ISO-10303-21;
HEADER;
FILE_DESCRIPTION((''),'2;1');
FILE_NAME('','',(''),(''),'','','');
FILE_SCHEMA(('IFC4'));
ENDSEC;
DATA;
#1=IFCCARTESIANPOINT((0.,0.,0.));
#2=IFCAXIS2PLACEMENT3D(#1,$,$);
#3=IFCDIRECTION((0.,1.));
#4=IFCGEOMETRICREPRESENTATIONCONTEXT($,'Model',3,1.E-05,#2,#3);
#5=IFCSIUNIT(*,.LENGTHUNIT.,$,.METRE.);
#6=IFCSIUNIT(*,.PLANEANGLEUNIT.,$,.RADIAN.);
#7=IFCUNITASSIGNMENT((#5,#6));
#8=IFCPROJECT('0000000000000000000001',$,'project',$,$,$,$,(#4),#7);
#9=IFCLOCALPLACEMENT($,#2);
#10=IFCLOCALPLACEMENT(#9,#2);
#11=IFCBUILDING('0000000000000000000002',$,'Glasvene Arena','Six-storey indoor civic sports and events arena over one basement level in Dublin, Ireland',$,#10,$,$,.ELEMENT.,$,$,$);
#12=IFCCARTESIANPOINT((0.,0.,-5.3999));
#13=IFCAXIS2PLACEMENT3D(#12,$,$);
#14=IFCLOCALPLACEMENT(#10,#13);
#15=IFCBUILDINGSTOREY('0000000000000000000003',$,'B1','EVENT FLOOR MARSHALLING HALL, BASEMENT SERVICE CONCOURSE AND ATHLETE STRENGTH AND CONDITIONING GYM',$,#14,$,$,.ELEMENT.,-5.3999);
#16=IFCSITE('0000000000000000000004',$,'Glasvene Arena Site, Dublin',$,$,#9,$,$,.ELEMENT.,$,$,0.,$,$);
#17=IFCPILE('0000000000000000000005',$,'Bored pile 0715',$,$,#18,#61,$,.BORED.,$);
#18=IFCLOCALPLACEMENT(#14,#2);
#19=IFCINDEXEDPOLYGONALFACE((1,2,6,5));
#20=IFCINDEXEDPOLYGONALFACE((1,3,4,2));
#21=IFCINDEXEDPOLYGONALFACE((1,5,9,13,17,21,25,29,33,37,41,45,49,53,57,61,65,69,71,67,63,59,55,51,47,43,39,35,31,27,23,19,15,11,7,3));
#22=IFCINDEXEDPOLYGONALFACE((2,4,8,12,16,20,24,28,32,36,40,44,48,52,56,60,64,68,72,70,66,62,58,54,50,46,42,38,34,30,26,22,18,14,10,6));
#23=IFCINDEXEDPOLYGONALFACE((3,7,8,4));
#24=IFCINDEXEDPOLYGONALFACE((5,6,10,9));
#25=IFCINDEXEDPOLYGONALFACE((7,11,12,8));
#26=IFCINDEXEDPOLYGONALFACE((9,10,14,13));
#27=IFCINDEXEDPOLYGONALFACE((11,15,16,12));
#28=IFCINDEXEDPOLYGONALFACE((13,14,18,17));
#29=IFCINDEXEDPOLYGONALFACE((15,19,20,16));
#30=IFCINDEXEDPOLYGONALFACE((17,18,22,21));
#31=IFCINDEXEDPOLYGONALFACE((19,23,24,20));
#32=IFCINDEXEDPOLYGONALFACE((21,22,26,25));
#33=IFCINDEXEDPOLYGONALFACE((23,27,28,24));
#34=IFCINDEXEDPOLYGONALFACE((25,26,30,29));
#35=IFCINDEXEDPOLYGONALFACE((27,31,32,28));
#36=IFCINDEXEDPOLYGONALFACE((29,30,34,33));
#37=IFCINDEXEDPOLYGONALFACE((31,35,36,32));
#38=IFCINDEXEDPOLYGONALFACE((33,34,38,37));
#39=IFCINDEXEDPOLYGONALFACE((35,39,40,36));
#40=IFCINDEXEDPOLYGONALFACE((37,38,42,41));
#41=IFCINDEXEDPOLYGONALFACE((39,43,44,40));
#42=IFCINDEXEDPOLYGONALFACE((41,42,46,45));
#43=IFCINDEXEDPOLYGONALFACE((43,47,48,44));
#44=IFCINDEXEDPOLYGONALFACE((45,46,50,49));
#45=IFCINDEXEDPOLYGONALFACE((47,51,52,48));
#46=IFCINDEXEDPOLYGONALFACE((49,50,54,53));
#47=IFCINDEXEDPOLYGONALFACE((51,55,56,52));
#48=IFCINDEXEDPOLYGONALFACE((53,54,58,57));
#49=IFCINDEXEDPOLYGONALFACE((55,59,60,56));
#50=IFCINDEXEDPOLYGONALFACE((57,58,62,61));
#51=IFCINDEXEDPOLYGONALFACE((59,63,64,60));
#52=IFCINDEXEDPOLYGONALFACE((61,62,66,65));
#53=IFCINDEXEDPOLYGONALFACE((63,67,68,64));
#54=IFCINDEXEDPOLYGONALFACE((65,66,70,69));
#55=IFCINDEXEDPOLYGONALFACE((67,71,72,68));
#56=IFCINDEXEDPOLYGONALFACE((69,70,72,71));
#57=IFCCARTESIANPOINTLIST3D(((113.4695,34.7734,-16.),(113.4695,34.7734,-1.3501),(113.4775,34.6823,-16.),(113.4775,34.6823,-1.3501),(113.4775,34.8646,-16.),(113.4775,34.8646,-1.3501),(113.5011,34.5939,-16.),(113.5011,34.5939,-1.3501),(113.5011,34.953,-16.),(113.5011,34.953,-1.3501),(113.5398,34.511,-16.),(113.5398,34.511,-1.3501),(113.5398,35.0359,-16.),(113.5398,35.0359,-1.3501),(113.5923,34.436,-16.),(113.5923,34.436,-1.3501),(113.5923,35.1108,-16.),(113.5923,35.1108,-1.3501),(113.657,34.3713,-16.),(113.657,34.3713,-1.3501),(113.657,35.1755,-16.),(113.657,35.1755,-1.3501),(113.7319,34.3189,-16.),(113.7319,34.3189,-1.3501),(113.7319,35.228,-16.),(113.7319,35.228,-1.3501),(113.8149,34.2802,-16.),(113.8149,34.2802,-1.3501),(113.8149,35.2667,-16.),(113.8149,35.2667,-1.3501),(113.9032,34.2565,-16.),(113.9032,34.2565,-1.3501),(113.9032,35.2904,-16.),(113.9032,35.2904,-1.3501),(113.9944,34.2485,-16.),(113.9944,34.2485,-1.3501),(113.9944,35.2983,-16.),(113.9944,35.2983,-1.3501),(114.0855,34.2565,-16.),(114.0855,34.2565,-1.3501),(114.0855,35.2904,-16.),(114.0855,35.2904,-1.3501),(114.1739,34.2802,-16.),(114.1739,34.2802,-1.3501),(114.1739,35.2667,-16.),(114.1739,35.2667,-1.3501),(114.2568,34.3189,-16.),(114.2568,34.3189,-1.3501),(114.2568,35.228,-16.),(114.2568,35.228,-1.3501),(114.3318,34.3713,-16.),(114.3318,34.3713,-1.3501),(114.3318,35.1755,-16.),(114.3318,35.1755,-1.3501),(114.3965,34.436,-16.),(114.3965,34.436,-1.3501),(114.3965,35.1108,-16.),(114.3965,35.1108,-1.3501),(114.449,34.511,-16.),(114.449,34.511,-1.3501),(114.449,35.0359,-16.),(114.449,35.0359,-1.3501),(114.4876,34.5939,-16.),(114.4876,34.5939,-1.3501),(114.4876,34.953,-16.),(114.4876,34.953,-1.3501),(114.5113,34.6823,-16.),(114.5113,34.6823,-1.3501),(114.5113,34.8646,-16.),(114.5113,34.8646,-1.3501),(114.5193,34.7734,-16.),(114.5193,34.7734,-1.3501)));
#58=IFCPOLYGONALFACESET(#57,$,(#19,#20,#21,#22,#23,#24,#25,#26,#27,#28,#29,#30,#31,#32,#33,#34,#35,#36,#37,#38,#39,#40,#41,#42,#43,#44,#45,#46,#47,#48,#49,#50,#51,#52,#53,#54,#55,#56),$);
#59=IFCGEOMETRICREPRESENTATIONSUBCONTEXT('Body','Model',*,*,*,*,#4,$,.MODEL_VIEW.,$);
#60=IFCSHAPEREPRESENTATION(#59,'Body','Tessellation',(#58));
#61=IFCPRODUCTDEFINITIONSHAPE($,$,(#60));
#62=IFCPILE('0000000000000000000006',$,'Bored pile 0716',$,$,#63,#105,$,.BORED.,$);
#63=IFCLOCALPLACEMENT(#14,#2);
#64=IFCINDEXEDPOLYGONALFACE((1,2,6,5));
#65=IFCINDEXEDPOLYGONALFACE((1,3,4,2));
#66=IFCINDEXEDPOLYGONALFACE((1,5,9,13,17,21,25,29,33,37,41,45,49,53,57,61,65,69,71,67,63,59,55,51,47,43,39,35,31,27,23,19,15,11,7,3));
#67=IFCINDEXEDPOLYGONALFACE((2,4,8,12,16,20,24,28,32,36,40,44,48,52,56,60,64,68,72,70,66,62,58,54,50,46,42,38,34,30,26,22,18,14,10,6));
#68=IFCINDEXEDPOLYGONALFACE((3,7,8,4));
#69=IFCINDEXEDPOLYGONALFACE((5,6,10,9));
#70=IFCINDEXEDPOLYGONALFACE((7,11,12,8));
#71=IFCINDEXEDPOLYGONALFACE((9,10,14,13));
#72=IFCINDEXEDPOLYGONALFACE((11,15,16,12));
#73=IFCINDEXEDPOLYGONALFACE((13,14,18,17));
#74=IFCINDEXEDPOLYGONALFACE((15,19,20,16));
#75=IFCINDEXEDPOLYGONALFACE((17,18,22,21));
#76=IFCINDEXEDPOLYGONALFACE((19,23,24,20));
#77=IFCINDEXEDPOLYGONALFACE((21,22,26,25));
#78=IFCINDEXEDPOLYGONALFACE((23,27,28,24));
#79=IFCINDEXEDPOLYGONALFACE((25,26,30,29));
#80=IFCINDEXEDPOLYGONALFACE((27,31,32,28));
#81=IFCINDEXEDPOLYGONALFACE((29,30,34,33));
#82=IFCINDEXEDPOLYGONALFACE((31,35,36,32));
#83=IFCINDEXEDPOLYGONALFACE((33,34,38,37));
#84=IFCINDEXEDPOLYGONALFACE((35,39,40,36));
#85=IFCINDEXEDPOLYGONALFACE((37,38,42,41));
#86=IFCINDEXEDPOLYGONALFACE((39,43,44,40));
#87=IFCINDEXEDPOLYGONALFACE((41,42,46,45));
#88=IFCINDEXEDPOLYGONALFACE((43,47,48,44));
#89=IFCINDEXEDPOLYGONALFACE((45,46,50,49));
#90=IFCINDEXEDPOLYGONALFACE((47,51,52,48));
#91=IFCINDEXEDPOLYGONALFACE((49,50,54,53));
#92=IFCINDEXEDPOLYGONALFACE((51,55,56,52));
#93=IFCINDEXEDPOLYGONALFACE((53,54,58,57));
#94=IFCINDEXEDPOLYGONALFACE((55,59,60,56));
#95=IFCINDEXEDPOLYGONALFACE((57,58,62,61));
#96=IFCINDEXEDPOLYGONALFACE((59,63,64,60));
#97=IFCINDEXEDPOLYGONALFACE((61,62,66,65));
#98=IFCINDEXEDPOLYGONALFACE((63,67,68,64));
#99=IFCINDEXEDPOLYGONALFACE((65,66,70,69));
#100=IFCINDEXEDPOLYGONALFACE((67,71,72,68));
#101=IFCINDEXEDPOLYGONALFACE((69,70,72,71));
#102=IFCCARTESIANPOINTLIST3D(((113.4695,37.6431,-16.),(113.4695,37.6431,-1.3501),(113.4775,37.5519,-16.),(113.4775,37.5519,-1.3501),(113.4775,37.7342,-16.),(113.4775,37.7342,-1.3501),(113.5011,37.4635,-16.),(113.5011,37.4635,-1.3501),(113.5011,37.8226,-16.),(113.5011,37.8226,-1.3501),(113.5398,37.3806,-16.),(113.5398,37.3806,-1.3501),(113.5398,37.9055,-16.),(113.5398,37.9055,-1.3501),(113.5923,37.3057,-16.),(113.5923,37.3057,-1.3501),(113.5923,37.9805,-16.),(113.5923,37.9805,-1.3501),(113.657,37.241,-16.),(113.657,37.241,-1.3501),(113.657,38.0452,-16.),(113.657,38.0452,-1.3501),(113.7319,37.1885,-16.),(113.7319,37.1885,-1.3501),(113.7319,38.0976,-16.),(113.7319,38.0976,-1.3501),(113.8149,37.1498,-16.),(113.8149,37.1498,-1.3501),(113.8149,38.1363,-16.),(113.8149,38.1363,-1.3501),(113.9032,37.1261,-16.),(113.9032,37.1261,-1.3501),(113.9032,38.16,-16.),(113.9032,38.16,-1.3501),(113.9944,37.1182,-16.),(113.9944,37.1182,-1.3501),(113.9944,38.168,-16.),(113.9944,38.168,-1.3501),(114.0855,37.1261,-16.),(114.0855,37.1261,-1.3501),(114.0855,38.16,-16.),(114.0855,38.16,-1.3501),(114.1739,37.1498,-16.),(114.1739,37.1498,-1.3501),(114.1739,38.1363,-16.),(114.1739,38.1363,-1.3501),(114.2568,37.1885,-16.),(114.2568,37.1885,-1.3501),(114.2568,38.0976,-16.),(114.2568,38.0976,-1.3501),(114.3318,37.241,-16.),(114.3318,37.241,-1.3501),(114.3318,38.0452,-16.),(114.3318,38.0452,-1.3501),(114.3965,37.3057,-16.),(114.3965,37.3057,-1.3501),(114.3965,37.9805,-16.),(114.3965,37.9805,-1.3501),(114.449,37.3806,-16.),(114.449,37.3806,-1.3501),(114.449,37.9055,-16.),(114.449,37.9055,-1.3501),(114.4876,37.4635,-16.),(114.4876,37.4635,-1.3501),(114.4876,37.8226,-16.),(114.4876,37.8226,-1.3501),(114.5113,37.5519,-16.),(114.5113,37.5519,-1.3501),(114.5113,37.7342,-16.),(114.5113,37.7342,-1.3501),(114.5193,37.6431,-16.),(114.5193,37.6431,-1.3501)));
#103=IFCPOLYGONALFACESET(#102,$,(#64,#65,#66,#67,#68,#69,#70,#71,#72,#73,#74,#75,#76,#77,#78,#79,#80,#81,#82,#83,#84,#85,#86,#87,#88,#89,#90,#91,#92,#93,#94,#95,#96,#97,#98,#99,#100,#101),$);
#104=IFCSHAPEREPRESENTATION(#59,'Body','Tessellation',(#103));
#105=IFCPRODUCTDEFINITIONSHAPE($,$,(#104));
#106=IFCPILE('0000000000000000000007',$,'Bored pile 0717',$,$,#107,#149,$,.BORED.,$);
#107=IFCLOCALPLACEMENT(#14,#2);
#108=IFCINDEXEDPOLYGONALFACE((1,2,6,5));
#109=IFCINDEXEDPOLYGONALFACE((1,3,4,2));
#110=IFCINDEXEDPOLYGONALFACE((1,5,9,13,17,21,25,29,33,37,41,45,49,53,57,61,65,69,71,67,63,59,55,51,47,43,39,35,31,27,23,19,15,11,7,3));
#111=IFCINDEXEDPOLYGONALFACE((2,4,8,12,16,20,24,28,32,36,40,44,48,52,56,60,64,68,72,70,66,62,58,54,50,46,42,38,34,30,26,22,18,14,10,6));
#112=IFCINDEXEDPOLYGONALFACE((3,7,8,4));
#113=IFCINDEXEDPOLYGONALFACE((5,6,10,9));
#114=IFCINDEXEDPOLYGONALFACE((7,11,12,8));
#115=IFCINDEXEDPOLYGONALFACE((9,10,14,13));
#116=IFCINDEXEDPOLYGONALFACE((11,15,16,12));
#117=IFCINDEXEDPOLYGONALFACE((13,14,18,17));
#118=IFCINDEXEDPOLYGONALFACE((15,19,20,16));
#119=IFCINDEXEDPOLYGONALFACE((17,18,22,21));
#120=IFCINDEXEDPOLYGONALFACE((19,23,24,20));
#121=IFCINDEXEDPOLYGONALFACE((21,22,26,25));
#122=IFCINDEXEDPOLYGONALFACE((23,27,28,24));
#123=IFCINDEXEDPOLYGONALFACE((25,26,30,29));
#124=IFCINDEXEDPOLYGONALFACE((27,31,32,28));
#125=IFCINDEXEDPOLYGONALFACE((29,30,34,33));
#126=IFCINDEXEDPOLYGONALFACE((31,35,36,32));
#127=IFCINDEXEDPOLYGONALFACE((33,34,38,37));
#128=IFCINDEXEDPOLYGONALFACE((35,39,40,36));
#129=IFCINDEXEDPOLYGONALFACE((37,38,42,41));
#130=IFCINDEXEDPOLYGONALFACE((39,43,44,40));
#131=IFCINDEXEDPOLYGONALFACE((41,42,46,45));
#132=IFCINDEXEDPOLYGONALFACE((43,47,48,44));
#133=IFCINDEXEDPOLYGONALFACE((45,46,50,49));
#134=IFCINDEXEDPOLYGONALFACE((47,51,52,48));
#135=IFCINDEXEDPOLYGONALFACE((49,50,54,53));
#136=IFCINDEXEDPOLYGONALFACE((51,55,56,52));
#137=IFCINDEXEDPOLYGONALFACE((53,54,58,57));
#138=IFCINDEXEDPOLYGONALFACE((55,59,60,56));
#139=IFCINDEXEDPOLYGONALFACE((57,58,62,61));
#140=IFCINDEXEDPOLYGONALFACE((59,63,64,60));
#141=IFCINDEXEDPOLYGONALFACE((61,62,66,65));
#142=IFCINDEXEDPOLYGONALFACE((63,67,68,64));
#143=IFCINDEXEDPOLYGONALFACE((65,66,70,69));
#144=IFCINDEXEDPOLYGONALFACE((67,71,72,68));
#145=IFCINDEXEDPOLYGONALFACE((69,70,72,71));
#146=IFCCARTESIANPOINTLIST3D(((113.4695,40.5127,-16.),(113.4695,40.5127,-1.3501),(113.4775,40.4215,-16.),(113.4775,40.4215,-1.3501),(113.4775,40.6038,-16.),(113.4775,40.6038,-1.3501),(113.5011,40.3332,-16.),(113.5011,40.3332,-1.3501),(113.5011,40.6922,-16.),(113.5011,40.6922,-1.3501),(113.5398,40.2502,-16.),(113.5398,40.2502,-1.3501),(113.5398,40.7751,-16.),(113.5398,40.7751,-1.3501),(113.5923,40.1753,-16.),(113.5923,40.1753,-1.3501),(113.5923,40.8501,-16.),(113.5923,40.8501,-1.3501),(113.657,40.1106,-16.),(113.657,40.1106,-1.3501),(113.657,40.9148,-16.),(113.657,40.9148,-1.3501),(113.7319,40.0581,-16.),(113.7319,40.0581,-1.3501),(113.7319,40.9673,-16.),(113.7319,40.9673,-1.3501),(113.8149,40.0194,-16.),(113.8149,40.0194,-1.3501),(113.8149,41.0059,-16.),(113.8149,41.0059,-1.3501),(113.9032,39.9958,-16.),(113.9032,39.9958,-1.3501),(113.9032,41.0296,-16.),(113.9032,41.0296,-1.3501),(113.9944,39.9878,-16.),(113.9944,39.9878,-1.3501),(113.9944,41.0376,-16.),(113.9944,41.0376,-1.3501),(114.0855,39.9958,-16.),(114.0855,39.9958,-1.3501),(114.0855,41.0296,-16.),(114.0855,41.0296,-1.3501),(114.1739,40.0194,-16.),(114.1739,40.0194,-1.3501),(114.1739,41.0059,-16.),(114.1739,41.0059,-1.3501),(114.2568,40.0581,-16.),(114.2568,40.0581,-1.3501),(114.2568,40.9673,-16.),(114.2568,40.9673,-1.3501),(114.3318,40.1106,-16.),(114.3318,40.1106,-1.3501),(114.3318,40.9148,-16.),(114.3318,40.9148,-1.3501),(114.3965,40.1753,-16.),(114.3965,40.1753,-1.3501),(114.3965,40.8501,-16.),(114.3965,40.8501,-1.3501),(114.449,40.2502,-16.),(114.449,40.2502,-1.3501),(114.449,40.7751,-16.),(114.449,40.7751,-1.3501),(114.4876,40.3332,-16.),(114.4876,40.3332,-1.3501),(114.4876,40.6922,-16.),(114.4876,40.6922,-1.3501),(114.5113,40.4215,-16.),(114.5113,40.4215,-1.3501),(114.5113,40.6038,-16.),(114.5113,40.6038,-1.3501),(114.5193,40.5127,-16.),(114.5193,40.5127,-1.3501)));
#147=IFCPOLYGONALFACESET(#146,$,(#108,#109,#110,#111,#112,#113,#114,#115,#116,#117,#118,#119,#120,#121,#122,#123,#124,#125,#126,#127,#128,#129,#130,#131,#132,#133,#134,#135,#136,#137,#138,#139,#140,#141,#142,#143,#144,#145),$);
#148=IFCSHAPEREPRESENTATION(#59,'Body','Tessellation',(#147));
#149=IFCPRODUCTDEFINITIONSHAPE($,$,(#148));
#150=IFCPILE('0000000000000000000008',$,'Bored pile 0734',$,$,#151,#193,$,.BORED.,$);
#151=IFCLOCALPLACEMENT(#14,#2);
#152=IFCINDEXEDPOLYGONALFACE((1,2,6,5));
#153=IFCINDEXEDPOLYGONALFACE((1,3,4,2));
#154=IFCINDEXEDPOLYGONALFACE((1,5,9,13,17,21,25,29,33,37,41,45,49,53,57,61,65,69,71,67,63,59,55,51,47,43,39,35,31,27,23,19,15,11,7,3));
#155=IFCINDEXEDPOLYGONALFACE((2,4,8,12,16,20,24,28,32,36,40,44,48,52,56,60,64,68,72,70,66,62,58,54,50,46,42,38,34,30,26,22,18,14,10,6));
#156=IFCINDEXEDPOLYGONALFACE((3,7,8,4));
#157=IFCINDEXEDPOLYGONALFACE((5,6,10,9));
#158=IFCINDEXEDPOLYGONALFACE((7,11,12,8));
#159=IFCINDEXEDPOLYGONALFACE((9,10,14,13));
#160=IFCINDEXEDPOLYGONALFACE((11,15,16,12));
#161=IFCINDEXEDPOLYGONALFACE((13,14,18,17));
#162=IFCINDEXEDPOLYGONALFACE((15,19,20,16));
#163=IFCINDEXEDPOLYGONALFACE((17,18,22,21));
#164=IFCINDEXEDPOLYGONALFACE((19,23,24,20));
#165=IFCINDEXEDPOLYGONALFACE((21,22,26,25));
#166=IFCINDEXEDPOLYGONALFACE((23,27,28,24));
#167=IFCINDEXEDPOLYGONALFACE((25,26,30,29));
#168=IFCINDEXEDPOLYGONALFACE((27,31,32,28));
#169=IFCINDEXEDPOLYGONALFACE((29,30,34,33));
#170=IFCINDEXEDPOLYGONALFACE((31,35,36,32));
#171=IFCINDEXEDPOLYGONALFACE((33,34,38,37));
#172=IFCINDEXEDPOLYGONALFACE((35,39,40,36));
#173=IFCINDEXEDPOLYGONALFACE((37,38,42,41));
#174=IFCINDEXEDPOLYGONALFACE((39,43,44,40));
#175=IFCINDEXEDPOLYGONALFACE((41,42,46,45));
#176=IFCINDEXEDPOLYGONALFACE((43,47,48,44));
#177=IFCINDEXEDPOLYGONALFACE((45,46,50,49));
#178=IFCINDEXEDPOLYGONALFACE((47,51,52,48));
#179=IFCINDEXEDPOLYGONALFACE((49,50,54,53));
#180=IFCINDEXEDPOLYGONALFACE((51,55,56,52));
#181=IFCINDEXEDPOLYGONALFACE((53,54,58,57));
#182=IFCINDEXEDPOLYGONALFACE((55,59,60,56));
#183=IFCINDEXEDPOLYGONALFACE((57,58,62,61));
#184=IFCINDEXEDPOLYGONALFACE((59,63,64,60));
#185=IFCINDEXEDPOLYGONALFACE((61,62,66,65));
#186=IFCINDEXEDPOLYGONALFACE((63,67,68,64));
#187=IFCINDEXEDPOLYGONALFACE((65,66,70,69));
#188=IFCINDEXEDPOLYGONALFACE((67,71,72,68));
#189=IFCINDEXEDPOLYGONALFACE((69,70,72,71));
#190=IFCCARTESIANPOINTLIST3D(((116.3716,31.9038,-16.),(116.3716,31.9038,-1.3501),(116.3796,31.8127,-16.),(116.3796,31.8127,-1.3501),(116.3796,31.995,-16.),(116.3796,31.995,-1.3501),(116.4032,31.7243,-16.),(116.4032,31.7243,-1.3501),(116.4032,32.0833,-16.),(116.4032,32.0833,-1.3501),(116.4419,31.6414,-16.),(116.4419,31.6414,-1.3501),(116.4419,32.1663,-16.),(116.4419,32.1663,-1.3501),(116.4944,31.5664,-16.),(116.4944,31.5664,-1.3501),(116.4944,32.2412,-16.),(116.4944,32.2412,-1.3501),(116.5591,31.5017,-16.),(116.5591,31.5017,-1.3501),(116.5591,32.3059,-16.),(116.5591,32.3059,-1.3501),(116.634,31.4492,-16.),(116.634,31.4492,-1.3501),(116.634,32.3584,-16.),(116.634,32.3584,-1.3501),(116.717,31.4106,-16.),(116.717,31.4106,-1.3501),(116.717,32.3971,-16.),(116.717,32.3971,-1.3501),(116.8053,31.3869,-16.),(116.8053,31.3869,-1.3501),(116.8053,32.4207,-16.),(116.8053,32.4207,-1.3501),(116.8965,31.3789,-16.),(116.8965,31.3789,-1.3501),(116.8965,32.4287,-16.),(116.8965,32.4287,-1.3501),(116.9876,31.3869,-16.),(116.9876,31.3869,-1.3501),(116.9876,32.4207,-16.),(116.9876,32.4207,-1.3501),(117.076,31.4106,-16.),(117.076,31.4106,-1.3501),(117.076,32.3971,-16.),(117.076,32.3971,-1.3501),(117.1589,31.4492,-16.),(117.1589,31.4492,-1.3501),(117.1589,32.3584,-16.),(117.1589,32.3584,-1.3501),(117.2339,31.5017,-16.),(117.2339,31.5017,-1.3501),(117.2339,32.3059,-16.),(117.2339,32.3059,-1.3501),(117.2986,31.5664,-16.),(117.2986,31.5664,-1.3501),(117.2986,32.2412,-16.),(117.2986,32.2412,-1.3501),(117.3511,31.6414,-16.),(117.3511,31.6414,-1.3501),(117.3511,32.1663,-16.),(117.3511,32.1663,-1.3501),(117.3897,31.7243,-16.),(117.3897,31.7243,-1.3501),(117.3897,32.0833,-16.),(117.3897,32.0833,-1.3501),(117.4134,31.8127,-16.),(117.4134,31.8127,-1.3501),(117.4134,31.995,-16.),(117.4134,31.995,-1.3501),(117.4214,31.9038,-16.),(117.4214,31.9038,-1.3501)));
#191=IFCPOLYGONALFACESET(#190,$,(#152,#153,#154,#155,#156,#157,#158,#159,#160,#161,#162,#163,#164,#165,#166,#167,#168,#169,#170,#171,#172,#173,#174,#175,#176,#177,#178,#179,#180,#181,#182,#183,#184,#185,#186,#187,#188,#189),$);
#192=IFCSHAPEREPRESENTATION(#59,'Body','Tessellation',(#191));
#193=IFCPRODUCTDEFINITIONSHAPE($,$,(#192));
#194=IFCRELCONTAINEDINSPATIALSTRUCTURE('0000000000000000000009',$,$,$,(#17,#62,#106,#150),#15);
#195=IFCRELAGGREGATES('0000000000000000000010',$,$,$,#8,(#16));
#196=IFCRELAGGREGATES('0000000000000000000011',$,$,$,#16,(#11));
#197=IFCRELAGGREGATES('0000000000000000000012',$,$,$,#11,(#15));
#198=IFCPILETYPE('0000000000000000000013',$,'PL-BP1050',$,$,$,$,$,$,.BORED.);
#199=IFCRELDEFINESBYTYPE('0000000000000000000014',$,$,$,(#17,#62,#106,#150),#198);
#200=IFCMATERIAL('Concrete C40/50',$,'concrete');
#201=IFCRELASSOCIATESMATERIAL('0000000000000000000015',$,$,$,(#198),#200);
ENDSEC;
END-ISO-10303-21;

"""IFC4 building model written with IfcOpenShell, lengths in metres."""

from ifc_helpers import new_model, si_unit, direction, frame, origin, origin_2d, place, context, subcontext, project, spatial, circle, extrude, material, material_profile, profile_set, type_object, element, save


model = new_model("IFC4")

# Units and contexts
model_context = context("Model", 3, precision=1e-05, world=origin(), true_north=direction((0.0, 1.0)))
body_context = subcontext(model_context, "Body", "Model", "MODEL_VIEW")
ifc_project = project(units=[si_unit("LENGTHUNIT", "METRE"), si_unit("PLANEANGLEUNIT", "RADIAN")], contexts=[model_context])

# Site, building, storey
site_placement = place(None, origin())
site = spatial("IfcSite", under=ifc_project, at=site_placement, Name="Glasvene Arena Site, Dublin", CompositionType="ELEMENT", RefElevation=0.0)
building_placement = place(site_placement, origin())
building = spatial("IfcBuilding", under=site, at=building_placement, Name="Glasvene Arena", Description="Six-storey indoor civic sports and events arena over one basement level in Dublin, Ireland", CompositionType="ELEMENT")
storey_placement = place(building_placement, frame((0.0, 0.0, -5.3999)))
storey = spatial("IfcBuildingStorey", under=building, at=storey_placement, Name="B1", Description="EVENT FLOOR MARSHALLING HALL, BASEMENT SERVICE CONCOURSE AND ATHLETE STRENGTH AND CONDITIONING GYM", CompositionType="ELEMENT", Elevation=-5.3999)

# Piles
ifc_material_1 = material(Name="Concrete C40/50", Category="concrete")
ifc_material_profile_1 = material_profile(ifc_material_1, circle(Radius=0.5249, at=origin_2d()), Name="BORED PILE 1050")
ifc_profile_set_1 = profile_set([ifc_material_profile_1], Name="Concrete C40/50")
pile_type = type_object("IfcPileType", Name="PL-BP1050", PredefinedType="BORED", material=ifc_profile_set_1)
for number, where, z_axis, x_axis, name in (
    (1, (113.9944, 34.7734, -1.3501), (0.0, 0.0, -1.0), (1.0, 0.0, 0.0), "Bored pile 0715"),
    (2, (113.9944, 37.6431, -1.3501), (0.0, 0.0, -1.0), (1.0, 0.0, 0.0), "Bored pile 0716"),
    (3, (113.9944, 40.5127, -1.3501), (0.0, 0.0, -1.0), (1.0, 0.0, 0.0), "Bored pile 0717"),
    (4, (116.8965, 31.9038, -1.3501), (0.0, 0.0, -1.0), (1.0, 0.0, 0.0), "Bored pile 0734"),
):
    element("IfcPile", number, at=place(storey_placement, frame(where, z_axis=z_axis, x_axis=x_axis)), inside=storey, type_object=pile_type, Name=name, PredefinedType="BORED", context=body_context, shape_type="SweptSolid", body=[
        extrude(circle(Radius=0.5249, at=origin_2d()), origin(), (0.0, 0.0, 1.0), 14.6499),
    ])

save(model, "model.ifc")
